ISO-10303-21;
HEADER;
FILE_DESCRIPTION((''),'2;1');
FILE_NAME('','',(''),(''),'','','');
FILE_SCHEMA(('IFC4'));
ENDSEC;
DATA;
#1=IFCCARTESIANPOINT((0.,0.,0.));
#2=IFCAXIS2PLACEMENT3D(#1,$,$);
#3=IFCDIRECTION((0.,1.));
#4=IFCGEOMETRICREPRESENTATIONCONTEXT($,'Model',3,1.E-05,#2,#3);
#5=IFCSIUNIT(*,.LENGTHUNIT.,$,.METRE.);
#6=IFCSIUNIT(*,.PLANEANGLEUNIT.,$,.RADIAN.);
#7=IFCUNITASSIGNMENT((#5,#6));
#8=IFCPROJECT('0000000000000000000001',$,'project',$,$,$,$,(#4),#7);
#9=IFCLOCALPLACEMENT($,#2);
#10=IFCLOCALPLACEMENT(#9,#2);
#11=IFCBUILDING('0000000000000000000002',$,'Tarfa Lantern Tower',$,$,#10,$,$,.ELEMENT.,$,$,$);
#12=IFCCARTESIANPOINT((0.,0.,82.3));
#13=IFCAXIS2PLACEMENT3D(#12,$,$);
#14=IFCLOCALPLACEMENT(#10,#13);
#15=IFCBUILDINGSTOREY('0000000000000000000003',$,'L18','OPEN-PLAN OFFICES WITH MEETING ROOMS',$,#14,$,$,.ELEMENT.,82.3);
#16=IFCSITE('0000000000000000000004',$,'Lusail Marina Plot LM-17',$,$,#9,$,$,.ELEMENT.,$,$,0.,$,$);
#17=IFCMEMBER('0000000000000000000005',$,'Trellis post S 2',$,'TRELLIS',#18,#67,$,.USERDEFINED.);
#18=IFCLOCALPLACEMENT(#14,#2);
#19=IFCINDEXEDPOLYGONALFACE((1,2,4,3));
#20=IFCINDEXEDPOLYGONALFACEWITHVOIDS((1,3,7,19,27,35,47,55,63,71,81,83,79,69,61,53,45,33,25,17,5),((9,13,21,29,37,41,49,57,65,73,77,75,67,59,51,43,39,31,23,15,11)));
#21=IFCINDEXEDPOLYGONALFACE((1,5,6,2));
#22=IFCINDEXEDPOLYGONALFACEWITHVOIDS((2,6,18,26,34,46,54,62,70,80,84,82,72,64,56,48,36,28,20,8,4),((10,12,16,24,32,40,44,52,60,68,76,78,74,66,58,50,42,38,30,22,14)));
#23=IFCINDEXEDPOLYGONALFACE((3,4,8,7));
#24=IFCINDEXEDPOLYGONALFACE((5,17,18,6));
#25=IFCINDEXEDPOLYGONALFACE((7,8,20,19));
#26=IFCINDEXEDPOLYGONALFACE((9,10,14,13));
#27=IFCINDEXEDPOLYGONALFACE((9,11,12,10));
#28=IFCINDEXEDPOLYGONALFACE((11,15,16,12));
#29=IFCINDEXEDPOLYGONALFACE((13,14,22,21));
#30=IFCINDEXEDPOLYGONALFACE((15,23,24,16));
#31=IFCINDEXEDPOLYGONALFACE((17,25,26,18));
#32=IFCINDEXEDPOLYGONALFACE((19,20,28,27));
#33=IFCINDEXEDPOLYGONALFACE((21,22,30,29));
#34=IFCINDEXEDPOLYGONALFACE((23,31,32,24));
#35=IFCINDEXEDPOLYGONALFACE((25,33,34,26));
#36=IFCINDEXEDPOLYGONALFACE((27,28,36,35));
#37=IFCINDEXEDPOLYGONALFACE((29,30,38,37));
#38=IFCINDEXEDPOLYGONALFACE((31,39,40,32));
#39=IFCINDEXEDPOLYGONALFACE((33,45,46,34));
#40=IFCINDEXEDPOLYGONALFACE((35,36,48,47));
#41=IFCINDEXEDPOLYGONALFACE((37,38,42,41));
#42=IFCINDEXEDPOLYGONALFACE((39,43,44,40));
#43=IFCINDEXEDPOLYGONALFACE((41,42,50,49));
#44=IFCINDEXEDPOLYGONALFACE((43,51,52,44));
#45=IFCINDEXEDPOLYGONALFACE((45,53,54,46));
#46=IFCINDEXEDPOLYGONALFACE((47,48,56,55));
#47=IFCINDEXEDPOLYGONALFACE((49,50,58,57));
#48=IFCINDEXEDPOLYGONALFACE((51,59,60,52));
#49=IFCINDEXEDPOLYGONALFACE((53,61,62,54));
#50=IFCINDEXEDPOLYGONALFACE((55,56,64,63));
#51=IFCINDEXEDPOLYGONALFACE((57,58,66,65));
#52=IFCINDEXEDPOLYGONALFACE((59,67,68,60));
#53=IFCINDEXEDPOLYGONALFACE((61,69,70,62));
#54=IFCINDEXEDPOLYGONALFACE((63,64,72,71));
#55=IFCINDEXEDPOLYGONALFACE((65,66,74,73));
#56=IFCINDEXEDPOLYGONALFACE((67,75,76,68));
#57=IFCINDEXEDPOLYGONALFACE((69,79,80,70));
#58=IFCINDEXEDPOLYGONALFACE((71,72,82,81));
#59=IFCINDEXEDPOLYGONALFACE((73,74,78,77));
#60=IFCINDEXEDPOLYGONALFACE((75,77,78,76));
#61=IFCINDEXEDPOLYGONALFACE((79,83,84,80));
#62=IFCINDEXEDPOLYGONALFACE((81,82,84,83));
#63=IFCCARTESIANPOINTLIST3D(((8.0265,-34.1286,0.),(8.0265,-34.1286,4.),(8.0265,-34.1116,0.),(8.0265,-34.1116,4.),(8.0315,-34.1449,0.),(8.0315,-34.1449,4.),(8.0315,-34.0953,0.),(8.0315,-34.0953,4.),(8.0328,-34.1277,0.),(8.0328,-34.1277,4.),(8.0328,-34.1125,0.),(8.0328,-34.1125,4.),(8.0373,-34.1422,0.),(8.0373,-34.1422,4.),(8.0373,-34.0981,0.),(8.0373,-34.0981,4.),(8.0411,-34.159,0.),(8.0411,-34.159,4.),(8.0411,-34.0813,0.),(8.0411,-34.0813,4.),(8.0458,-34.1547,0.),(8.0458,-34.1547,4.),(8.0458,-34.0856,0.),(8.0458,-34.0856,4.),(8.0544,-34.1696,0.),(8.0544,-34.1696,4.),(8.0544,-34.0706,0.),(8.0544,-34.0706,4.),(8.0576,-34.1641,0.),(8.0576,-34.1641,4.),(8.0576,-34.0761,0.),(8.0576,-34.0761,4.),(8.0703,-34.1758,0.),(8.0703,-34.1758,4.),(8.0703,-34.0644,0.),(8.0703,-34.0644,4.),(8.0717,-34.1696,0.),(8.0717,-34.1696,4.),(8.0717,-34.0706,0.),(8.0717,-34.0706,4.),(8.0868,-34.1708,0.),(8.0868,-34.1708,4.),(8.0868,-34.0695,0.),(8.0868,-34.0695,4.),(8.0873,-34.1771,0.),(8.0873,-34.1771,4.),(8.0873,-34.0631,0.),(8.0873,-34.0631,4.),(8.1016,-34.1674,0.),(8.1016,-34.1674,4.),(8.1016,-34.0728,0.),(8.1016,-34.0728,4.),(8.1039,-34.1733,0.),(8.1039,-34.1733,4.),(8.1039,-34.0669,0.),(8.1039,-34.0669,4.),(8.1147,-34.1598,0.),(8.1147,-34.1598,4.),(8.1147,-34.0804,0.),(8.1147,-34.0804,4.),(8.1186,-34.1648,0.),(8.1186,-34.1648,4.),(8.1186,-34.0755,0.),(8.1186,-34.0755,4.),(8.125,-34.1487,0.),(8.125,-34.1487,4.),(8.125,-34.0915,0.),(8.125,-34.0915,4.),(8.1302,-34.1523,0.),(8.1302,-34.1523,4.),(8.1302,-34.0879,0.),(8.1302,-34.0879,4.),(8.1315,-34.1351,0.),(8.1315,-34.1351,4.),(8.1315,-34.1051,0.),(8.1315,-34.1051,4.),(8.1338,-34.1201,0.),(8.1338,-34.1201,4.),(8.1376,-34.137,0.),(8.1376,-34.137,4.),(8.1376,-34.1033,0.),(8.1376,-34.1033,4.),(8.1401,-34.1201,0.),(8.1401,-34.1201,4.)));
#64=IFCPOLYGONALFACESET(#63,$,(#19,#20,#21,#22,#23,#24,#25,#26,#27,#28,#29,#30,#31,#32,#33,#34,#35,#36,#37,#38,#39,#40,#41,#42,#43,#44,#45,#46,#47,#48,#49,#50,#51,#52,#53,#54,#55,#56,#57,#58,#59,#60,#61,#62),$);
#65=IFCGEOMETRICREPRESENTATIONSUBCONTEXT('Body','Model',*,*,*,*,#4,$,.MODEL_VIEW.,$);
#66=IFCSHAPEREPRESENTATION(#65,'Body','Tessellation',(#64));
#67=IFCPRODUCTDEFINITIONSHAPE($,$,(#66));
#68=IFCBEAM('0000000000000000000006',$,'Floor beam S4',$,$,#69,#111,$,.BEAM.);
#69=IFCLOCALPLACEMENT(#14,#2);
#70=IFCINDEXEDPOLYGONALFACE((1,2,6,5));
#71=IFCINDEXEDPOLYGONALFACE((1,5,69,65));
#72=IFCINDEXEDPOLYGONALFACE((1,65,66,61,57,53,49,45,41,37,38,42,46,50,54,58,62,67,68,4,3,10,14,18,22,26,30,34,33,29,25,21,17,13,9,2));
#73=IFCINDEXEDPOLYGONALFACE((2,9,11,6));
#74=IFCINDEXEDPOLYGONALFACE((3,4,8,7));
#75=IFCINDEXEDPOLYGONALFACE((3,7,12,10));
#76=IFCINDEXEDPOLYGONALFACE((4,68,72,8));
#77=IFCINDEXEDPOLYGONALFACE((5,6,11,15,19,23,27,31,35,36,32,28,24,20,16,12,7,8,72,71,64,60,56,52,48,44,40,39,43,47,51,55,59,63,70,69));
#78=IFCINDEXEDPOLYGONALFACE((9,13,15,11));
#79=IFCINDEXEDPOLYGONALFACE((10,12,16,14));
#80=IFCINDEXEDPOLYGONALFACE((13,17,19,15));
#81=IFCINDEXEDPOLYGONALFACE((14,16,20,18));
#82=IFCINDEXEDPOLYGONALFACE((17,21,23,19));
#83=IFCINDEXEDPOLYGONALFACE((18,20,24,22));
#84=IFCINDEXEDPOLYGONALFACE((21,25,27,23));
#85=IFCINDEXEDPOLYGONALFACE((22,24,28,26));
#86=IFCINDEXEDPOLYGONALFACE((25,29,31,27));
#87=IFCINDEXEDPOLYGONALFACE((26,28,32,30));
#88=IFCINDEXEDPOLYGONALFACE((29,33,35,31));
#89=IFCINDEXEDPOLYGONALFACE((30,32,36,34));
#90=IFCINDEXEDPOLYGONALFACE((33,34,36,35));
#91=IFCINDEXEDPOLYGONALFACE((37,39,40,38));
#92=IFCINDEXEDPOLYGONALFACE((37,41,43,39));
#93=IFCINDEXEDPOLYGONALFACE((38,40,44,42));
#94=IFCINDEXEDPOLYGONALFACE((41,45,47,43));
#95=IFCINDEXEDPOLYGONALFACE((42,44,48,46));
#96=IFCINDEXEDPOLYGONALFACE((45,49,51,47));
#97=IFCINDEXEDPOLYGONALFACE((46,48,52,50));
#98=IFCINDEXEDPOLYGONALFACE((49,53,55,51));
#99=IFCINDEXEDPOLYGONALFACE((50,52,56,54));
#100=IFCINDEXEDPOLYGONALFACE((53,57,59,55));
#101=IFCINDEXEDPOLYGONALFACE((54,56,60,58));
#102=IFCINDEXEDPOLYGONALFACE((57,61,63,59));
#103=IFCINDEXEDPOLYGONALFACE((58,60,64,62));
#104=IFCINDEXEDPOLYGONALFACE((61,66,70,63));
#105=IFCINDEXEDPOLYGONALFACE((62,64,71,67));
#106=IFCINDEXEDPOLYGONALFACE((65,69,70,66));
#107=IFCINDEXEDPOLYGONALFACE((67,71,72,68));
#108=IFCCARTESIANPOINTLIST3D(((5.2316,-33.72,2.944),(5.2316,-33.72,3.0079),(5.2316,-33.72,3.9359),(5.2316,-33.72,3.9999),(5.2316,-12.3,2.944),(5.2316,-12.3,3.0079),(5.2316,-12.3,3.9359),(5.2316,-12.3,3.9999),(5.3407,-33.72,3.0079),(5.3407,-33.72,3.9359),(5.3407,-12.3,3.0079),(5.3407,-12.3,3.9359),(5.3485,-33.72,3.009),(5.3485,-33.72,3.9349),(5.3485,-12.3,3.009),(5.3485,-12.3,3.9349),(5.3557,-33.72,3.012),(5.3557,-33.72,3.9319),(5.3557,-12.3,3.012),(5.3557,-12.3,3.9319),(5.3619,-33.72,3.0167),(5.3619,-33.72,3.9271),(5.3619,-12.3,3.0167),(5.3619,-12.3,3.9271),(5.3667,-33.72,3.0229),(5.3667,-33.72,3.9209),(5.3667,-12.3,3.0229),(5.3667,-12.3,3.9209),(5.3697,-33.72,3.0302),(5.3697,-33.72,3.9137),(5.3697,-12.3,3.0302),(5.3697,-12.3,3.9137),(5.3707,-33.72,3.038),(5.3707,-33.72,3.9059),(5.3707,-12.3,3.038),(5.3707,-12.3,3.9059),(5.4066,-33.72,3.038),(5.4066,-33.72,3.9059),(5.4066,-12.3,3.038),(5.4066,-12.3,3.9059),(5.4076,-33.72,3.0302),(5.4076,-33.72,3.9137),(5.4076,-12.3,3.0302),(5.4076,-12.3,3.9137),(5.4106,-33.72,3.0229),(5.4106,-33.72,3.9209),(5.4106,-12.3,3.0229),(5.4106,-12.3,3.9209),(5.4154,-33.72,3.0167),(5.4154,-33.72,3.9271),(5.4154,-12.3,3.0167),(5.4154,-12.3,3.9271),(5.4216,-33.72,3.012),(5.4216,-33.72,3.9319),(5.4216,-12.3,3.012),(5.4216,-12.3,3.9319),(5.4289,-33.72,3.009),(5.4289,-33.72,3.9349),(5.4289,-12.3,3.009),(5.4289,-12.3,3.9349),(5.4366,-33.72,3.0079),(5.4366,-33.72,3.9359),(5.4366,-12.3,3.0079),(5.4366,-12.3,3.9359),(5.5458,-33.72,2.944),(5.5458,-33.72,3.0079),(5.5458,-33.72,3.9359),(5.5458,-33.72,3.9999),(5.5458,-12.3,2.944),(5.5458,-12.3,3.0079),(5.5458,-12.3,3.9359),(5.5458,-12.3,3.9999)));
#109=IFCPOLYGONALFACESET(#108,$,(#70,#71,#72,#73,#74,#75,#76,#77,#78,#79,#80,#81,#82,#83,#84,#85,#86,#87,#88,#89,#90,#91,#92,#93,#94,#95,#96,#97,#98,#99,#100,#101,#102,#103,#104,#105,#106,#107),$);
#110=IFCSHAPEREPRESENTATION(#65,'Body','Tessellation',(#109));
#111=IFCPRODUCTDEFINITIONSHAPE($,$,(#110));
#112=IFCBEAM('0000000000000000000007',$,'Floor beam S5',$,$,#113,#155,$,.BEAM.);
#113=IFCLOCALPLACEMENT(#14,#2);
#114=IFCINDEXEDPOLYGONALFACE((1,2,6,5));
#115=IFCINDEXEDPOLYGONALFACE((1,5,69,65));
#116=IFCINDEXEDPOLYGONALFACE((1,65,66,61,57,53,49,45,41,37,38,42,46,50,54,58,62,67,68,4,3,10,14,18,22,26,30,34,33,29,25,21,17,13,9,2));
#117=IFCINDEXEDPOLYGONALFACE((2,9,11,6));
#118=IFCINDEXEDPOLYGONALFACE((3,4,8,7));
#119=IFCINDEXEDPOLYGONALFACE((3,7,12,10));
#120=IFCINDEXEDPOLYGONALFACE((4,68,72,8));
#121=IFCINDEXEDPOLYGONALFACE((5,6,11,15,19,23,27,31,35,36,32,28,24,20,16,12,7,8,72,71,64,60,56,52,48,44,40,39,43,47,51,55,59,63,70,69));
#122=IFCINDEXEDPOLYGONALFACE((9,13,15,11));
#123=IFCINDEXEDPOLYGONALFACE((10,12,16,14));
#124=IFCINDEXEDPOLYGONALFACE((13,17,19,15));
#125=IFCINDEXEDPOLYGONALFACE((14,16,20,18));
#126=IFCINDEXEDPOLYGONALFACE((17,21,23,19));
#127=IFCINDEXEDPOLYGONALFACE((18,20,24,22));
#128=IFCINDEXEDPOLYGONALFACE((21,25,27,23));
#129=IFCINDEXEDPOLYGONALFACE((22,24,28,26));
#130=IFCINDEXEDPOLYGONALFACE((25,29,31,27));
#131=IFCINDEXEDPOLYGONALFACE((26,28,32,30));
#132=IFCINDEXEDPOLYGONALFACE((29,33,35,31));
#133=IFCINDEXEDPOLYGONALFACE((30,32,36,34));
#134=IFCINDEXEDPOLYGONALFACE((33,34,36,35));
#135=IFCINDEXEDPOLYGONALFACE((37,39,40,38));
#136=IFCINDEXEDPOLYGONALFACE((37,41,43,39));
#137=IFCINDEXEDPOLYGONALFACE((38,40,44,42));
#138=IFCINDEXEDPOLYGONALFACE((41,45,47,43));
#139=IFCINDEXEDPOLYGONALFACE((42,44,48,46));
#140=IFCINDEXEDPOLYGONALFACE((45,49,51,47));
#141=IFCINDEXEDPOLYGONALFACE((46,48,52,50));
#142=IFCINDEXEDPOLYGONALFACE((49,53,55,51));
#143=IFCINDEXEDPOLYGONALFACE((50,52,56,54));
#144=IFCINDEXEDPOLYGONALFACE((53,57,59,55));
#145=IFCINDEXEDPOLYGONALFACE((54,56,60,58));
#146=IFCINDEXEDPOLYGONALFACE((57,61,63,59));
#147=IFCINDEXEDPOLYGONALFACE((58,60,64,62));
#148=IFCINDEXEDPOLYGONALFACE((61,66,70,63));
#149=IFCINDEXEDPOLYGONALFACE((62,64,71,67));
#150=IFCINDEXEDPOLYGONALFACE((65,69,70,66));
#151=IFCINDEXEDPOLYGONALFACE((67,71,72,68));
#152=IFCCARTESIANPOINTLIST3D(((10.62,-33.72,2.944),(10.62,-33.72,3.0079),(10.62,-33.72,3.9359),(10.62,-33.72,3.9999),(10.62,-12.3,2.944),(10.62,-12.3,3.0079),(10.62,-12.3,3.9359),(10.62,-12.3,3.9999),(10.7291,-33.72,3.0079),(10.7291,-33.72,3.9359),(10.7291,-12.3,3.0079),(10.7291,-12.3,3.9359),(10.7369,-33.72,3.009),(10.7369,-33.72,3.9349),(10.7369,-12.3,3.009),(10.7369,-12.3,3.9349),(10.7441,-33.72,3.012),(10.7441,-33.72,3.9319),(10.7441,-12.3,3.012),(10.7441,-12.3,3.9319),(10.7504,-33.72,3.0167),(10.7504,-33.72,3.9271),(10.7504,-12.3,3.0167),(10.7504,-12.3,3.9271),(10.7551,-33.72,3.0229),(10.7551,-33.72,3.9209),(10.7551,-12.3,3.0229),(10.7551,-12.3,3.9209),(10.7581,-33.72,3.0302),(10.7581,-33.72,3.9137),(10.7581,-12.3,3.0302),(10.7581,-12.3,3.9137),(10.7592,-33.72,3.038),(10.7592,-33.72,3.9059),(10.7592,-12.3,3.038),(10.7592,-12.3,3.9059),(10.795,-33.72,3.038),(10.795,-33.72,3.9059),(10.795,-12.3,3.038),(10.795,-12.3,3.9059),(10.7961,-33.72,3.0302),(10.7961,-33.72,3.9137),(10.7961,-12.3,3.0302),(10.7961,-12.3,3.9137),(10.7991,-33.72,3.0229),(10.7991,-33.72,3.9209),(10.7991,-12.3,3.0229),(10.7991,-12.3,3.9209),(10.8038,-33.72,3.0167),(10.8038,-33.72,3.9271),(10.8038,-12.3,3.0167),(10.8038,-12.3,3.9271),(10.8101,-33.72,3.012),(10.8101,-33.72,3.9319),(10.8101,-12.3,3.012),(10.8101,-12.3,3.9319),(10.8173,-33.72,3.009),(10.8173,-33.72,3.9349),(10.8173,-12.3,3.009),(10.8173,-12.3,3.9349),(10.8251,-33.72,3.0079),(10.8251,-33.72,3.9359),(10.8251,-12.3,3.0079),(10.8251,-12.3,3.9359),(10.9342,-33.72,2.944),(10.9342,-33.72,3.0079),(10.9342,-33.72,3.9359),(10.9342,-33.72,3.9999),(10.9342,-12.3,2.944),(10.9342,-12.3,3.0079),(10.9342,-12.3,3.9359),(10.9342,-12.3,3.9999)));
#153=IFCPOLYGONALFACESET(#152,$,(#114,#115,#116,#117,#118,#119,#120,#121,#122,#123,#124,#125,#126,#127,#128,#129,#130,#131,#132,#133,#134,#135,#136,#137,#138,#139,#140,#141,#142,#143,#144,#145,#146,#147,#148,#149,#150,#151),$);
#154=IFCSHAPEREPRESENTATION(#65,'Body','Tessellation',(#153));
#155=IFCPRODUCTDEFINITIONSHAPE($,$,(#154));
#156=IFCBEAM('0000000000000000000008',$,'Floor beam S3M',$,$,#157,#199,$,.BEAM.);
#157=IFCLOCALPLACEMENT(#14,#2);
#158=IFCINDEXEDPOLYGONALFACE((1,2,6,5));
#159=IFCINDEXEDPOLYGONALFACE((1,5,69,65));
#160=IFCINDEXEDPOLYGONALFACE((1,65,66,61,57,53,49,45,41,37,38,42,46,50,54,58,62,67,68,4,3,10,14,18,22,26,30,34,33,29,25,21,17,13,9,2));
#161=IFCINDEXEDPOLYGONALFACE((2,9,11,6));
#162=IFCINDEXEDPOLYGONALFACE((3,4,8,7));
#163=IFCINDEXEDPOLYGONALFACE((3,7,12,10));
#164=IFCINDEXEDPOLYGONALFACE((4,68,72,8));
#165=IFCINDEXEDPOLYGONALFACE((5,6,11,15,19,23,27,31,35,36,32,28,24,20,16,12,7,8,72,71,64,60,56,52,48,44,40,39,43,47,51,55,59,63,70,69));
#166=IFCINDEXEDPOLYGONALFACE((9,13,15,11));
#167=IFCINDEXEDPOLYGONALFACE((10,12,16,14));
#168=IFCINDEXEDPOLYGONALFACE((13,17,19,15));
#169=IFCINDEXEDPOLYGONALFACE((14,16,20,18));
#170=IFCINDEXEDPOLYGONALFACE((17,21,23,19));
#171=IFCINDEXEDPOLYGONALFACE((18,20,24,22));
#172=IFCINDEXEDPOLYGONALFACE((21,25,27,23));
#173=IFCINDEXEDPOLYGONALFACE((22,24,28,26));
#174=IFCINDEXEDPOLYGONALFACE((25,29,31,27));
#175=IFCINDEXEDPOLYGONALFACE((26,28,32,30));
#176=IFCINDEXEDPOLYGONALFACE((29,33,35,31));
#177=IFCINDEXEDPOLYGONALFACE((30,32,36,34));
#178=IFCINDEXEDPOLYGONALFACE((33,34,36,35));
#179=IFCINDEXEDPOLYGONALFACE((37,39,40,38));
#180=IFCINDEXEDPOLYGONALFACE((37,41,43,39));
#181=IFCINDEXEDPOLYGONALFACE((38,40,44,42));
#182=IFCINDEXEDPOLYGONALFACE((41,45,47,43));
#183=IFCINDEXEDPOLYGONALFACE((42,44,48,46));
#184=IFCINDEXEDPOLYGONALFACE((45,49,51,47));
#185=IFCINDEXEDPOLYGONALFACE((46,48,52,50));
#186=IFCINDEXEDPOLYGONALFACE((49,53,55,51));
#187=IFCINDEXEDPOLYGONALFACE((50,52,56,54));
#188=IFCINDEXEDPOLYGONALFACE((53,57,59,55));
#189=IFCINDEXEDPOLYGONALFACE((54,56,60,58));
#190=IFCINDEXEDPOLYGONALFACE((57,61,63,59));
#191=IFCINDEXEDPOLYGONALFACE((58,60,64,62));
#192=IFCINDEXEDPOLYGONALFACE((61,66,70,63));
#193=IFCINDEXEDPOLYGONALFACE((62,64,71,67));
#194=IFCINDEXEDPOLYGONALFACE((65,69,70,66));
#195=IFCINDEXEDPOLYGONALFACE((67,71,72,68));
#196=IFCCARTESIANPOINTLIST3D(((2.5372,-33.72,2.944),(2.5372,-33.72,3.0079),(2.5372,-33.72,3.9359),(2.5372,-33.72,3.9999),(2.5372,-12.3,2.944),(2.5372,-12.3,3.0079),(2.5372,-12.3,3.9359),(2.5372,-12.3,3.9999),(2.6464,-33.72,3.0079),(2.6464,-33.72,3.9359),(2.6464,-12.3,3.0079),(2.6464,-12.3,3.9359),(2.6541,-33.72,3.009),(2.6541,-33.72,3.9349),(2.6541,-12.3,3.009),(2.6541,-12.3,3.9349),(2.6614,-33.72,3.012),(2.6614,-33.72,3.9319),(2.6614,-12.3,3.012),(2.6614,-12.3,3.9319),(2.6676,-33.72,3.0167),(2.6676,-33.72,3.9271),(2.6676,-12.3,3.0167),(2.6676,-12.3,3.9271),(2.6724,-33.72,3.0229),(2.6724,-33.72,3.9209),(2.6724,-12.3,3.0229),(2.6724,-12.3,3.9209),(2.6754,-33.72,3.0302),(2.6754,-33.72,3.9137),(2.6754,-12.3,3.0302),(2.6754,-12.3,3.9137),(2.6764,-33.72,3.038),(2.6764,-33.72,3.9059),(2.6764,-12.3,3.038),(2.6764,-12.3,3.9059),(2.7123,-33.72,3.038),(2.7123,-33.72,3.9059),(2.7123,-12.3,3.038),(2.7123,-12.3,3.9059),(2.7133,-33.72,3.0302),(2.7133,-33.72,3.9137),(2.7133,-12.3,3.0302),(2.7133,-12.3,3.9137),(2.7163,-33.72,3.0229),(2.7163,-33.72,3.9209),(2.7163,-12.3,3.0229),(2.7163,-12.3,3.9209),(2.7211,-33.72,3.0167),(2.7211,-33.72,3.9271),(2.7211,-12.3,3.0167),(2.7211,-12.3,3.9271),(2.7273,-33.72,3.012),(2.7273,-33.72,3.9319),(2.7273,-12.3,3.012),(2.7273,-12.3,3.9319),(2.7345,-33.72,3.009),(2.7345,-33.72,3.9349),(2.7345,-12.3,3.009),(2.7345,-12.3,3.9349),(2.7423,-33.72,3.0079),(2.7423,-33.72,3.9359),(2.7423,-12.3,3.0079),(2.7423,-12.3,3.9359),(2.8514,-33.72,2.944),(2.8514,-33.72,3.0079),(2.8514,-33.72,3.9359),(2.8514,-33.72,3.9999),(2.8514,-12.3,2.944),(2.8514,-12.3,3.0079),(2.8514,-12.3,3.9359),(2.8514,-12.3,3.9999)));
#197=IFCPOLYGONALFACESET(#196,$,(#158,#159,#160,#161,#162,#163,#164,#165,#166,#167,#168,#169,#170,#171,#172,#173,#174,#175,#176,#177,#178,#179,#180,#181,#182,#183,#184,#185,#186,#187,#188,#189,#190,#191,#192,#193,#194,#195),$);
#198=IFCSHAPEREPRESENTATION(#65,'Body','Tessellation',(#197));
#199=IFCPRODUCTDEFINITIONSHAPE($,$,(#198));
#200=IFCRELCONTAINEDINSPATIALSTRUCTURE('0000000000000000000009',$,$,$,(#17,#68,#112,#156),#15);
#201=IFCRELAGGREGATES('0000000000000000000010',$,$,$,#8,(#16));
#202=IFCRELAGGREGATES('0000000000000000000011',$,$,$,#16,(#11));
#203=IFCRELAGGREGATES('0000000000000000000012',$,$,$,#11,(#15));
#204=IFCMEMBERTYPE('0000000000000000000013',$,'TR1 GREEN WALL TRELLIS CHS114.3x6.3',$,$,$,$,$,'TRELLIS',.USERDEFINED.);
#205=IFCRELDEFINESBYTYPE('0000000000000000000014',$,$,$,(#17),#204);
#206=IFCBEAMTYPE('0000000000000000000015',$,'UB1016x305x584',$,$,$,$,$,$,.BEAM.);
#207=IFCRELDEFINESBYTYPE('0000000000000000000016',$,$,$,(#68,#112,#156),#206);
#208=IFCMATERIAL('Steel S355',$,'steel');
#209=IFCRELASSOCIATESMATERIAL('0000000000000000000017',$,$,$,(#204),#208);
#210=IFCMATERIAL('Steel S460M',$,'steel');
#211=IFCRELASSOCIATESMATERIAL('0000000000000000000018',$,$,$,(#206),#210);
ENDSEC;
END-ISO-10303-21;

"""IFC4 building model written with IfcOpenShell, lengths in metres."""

from ifc_helpers import new_model, si_unit, direction, frame, origin, origin_2d, place, context, subcontext, project, spatial, hollow_circle, i_section, extrude, material, material_profile, profile_set, type_object, element, save


model = new_model("IFC4")

# Units and contexts
model_context = context("Model", 3, precision=1e-05, world=origin(), true_north=direction((0.0, 1.0)))
body_context = subcontext(model_context, "Body", "Model", "MODEL_VIEW")
ifc_project = project(units=[si_unit("LENGTHUNIT", "METRE"), si_unit("PLANEANGLEUNIT", "RADIAN")], contexts=[model_context])

# Site, building, storey
site_placement = place(None, origin())
site = spatial("IfcSite", under=ifc_project, at=site_placement, Name="Lusail Marina Plot LM-17", CompositionType="ELEMENT", RefElevation=0.0)
building_placement = place(site_placement, origin())
building = spatial("IfcBuilding", under=site, at=building_placement, Name="Tarfa Lantern Tower", CompositionType="ELEMENT")
storey_placement = place(building_placement, frame((0.0, 0.0, 82.3)))
storey = spatial("IfcBuildingStorey", under=building, at=storey_placement, Name="L18", Description="OPEN-PLAN OFFICES WITH MEETING ROOMS", CompositionType="ELEMENT", Elevation=82.3)

# Member
ifc_material_1 = material(Name="Steel S355", Category="steel")
ifc_material_profile_1 = material_profile(ifc_material_1, hollow_circle(Radius=0.0571, WallThickness=0.0063, at=origin_2d()), Name="CHS114.3x6.3")
ifc_profile_set_1 = profile_set([ifc_material_profile_1], Name="Steel S355")
member_type_1 = type_object("IfcMemberType", Name="TR1 GREEN WALL TRELLIS CHS114.3x6.3", ElementType="TRELLIS", PredefinedType="USERDEFINED", material=ifc_profile_set_1)
member_1_placement = place(storey_placement, frame((8.083, -34.1201, 0.0), z_axis=(0.0, 0.0, 1.0), x_axis=(1.0, 0.0, 0.0)))
element("IfcMember", 1, at=member_1_placement, inside=storey, type_object=member_type_1, Name="Trellis post S 2", ObjectType="TRELLIS", PredefinedType="USERDEFINED", context=body_context, shape_type="SweptSolid", body=[
    extrude(hollow_circle(Radius=0.0571, WallThickness=0.0063, at=origin_2d()), origin(), (0.0, 0.0, 1.0), 4.0),
])

# Beams
ifc_material_2 = material(Name="Steel S460M", Category="steel")
ifc_material_profile_2 = material_profile(ifc_material_2, i_section(OverallWidth=0.3142, OverallDepth=1.0559, WebThickness=0.0359, FlangeThickness=0.064, FilletRadius=0.03, at=origin_2d()), Name="UB1016x305x584")
ifc_profile_set_2 = profile_set([ifc_material_profile_2], Name="Steel S460M")
beam_type_1 = type_object("IfcBeamType", Name="UB1016x305x584", PredefinedType="BEAM", material=ifc_profile_set_2)
for number, where, z_axis, x_axis, name in (
    (2, (5.3887, -33.72, 3.4719), (0.0, 1.0, 0.0), (-1.0, 0.0, 0.0), "Floor beam S4"),
    (3, (10.7771, -33.72, 3.4719), (0.0, 1.0, 0.0), (-1.0, 0.0, 0.0), "Floor beam S5"),
    (4, (2.6943, -33.72, 3.4719), (0.0, 1.0, 0.0), (-1.0, 0.0, 0.0), "Floor beam S3M"),
):
    element("IfcBeam", number, at=place(storey_placement, frame(where, z_axis=z_axis, x_axis=x_axis)), inside=storey, type_object=beam_type_1, Name=name, PredefinedType="BEAM", context=body_context, shape_type="SweptSolid", body=[
        extrude(i_section(OverallWidth=0.3142, OverallDepth=1.0559, WebThickness=0.0359, FlangeThickness=0.064, FilletRadius=0.03, at=origin_2d()), origin(), (0.0, 0.0, 1.0), 21.4199),
    ])

save(model, "model.ifc")
